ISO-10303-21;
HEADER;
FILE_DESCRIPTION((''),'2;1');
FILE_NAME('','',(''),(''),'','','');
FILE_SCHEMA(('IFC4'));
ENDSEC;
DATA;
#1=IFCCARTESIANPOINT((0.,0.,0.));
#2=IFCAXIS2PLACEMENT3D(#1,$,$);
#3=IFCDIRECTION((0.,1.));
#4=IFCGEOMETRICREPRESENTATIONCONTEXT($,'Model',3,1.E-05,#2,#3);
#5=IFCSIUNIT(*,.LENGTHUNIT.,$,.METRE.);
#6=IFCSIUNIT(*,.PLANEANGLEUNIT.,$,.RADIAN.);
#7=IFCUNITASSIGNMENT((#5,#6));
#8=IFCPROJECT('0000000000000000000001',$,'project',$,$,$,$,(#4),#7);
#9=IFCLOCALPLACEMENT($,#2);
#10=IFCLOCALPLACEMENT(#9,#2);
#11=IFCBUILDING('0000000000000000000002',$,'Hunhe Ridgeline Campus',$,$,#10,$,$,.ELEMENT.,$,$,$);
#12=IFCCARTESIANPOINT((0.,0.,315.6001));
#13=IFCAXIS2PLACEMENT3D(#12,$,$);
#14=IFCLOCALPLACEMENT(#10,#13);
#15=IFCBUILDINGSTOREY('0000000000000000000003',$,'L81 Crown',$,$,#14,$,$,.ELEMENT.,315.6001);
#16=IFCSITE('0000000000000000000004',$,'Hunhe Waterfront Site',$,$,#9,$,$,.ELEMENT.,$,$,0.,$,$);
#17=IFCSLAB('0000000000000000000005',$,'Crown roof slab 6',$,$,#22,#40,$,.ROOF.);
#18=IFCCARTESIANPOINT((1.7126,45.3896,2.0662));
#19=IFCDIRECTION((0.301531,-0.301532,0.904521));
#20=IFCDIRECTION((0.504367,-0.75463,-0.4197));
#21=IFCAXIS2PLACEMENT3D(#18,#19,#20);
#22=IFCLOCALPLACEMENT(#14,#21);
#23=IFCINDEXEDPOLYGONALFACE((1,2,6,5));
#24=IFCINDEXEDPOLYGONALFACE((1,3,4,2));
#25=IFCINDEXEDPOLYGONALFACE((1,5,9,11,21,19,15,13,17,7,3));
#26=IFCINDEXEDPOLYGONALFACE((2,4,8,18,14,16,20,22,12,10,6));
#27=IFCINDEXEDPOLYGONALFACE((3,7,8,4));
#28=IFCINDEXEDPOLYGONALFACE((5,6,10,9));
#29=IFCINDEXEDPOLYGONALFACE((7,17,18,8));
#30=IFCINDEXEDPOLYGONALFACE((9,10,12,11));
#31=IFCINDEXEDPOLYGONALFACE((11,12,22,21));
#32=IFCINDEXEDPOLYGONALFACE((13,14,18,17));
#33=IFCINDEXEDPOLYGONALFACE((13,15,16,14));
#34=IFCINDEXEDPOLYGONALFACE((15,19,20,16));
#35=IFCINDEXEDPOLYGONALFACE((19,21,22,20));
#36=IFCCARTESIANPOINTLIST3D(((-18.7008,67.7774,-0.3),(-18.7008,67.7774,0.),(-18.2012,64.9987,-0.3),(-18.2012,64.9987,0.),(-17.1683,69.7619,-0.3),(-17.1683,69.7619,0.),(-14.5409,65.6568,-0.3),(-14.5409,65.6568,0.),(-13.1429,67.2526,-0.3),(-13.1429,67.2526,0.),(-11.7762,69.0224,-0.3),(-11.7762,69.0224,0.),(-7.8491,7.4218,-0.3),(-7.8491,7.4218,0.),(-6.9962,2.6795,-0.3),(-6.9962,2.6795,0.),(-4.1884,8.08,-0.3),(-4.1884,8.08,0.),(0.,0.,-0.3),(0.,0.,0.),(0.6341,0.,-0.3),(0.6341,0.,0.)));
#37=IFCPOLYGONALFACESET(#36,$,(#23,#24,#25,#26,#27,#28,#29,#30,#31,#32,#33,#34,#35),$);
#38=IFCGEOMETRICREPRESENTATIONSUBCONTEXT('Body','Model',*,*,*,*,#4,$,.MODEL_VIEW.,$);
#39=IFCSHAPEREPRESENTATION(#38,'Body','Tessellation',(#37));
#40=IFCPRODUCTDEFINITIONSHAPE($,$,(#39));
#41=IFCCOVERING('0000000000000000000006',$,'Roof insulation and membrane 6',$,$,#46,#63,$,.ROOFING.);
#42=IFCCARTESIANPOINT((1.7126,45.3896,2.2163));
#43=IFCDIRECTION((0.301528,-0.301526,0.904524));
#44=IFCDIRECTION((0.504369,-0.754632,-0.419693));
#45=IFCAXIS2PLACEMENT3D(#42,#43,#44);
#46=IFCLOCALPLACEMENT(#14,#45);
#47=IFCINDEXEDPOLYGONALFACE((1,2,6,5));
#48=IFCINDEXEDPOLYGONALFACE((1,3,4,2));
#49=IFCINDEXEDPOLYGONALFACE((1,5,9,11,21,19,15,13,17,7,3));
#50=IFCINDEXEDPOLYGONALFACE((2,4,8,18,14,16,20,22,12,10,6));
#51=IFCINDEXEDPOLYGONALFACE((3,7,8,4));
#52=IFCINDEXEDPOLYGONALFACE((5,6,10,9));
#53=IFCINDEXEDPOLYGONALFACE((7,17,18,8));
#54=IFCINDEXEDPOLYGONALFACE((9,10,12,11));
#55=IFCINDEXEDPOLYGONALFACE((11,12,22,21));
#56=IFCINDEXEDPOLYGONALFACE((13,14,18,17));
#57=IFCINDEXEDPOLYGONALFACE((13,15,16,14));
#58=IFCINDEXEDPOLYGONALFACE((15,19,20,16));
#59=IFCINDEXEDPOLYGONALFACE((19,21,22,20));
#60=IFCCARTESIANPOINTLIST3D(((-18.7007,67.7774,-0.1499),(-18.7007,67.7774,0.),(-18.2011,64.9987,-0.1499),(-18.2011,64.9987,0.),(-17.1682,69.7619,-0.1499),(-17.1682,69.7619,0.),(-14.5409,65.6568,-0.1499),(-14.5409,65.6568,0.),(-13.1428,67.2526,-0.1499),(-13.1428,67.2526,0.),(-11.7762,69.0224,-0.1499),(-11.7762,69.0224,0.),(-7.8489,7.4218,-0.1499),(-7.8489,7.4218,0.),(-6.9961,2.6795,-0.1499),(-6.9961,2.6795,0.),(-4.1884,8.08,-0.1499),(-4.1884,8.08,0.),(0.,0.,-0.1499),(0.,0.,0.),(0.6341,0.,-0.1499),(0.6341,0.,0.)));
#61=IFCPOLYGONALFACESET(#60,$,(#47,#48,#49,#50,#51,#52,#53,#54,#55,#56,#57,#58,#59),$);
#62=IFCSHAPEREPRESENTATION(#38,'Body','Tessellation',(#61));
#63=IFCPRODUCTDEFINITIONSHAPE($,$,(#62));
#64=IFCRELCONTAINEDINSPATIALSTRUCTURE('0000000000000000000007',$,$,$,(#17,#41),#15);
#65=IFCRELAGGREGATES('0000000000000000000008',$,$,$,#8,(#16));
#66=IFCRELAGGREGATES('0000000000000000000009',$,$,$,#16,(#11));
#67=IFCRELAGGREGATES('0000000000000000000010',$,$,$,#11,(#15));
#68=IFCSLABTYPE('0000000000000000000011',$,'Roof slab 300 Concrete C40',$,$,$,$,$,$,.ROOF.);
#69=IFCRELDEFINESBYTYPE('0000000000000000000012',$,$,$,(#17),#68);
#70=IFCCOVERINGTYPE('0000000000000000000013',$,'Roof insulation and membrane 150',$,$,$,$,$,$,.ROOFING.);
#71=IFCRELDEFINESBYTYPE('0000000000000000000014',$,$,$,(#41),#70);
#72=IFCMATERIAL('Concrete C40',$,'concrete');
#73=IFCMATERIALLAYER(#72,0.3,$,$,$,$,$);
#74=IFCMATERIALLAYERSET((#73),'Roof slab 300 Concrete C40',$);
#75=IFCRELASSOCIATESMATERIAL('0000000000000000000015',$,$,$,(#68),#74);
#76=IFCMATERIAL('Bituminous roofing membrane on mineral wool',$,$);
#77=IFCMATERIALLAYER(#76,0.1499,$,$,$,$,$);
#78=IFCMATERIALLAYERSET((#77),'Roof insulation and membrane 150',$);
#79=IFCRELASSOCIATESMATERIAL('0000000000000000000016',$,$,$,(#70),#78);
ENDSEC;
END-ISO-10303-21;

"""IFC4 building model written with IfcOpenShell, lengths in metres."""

from ifc_helpers import new_model, si_unit, direction, frame, origin, place, context, subcontext, project, spatial, polyline, outline, extrude, material, layer, layer_set, type_object, element, save


model = new_model("IFC4")

# Units and contexts
model_context = context("Model", 3, precision=1e-05, world=origin(), true_north=direction((0.0, 1.0)))
body_context = subcontext(model_context, "Body", "Model", "MODEL_VIEW")
ifc_project = project(units=[si_unit("LENGTHUNIT", "METRE"), si_unit("PLANEANGLEUNIT", "RADIAN")], contexts=[model_context])

# Site, building, storey
site_placement = place(None, origin())
site = spatial("IfcSite", under=ifc_project, at=site_placement, Name="Hunhe Waterfront Site", CompositionType="ELEMENT", RefElevation=0.0)
building_placement = place(site_placement, origin())
building = spatial("IfcBuilding", under=site, at=building_placement, Name="Hunhe Ridgeline Campus", CompositionType="ELEMENT")
storey_placement = place(building_placement, frame((0.0, 0.0, 315.6001)))
storey = spatial("IfcBuildingStorey", under=building, at=storey_placement, Name="L81 Crown", CompositionType="ELEMENT", Elevation=315.6001)

# Slab
ifc_material_1 = material(Name="Concrete C40", Category="concrete")
ifc_layer_1 = layer(ifc_material_1, 0.3)
ifc_layer_set_1 = layer_set([ifc_layer_1], Name="Roof slab 300 Concrete C40")
slab_type = type_object("IfcSlabType", Name="Roof slab 300 Concrete C40", PredefinedType="ROOF", material=ifc_layer_set_1)
slab_1_placement = place(storey_placement, frame((1.7126, 45.3896, 2.0662), z_axis=(0.301531, -0.301532, 0.904521), x_axis=(0.504367, -0.75463, -0.4197)))
element("IfcSlab", 1, at=slab_1_placement, inside=storey, type_object=slab_type, Name="Crown roof slab 6", PredefinedType="ROOF", context=body_context, shape_type="SweptSolid", body=[
    extrude(outline(polyline([(0.0, 0.0), (0.6341, 0.0), (-11.7762, 69.0224), (-13.1429, 67.2526), (-17.1683, 69.7619), (-18.7008, 67.7774), (-18.2012, 64.9987), (-14.5409, 65.6568), (-4.1884, 8.08), (-7.8491, 7.4218), (-6.9962, 2.6795), (0.0, 0.0)])), origin(), (0.0, 0.0, -1.0), 0.3),
])

# Covering
ifc_material_2 = material(Name="Bituminous roofing membrane on mineral wool")
ifc_layer_2 = layer(ifc_material_2, 0.1499)
ifc_layer_set_2 = layer_set([ifc_layer_2], Name="Roof insulation and membrane 150")
covering_type = type_object("IfcCoveringType", Name="Roof insulation and membrane 150", PredefinedType="ROOFING", material=ifc_layer_set_2)
covering_1_placement = place(storey_placement, frame((1.7126, 45.3896, 2.2163), z_axis=(0.301528, -0.301526, 0.904524), x_axis=(0.504369, -0.754632, -0.419693)))
element("IfcCovering", 2, at=covering_1_placement, inside=storey, type_object=covering_type, Name="Roof insulation and membrane 6", PredefinedType="ROOFING", context=body_context, shape_type="SweptSolid", body=[
    extrude(outline(polyline([(0.0, 0.0), (0.6341, 0.0), (-11.7762, 69.0224), (-13.1428, 67.2526), (-17.1682, 69.7619), (-18.7007, 67.7774), (-18.2011, 64.9987), (-14.5409, 65.6568), (-4.1884, 8.08), (-7.8489, 7.4218), (-6.9961, 2.6795), (0.0, 0.0)])), origin(), (0.0, 0.0, -1.0), 0.1499),
])

save(model, "model.ifc")
